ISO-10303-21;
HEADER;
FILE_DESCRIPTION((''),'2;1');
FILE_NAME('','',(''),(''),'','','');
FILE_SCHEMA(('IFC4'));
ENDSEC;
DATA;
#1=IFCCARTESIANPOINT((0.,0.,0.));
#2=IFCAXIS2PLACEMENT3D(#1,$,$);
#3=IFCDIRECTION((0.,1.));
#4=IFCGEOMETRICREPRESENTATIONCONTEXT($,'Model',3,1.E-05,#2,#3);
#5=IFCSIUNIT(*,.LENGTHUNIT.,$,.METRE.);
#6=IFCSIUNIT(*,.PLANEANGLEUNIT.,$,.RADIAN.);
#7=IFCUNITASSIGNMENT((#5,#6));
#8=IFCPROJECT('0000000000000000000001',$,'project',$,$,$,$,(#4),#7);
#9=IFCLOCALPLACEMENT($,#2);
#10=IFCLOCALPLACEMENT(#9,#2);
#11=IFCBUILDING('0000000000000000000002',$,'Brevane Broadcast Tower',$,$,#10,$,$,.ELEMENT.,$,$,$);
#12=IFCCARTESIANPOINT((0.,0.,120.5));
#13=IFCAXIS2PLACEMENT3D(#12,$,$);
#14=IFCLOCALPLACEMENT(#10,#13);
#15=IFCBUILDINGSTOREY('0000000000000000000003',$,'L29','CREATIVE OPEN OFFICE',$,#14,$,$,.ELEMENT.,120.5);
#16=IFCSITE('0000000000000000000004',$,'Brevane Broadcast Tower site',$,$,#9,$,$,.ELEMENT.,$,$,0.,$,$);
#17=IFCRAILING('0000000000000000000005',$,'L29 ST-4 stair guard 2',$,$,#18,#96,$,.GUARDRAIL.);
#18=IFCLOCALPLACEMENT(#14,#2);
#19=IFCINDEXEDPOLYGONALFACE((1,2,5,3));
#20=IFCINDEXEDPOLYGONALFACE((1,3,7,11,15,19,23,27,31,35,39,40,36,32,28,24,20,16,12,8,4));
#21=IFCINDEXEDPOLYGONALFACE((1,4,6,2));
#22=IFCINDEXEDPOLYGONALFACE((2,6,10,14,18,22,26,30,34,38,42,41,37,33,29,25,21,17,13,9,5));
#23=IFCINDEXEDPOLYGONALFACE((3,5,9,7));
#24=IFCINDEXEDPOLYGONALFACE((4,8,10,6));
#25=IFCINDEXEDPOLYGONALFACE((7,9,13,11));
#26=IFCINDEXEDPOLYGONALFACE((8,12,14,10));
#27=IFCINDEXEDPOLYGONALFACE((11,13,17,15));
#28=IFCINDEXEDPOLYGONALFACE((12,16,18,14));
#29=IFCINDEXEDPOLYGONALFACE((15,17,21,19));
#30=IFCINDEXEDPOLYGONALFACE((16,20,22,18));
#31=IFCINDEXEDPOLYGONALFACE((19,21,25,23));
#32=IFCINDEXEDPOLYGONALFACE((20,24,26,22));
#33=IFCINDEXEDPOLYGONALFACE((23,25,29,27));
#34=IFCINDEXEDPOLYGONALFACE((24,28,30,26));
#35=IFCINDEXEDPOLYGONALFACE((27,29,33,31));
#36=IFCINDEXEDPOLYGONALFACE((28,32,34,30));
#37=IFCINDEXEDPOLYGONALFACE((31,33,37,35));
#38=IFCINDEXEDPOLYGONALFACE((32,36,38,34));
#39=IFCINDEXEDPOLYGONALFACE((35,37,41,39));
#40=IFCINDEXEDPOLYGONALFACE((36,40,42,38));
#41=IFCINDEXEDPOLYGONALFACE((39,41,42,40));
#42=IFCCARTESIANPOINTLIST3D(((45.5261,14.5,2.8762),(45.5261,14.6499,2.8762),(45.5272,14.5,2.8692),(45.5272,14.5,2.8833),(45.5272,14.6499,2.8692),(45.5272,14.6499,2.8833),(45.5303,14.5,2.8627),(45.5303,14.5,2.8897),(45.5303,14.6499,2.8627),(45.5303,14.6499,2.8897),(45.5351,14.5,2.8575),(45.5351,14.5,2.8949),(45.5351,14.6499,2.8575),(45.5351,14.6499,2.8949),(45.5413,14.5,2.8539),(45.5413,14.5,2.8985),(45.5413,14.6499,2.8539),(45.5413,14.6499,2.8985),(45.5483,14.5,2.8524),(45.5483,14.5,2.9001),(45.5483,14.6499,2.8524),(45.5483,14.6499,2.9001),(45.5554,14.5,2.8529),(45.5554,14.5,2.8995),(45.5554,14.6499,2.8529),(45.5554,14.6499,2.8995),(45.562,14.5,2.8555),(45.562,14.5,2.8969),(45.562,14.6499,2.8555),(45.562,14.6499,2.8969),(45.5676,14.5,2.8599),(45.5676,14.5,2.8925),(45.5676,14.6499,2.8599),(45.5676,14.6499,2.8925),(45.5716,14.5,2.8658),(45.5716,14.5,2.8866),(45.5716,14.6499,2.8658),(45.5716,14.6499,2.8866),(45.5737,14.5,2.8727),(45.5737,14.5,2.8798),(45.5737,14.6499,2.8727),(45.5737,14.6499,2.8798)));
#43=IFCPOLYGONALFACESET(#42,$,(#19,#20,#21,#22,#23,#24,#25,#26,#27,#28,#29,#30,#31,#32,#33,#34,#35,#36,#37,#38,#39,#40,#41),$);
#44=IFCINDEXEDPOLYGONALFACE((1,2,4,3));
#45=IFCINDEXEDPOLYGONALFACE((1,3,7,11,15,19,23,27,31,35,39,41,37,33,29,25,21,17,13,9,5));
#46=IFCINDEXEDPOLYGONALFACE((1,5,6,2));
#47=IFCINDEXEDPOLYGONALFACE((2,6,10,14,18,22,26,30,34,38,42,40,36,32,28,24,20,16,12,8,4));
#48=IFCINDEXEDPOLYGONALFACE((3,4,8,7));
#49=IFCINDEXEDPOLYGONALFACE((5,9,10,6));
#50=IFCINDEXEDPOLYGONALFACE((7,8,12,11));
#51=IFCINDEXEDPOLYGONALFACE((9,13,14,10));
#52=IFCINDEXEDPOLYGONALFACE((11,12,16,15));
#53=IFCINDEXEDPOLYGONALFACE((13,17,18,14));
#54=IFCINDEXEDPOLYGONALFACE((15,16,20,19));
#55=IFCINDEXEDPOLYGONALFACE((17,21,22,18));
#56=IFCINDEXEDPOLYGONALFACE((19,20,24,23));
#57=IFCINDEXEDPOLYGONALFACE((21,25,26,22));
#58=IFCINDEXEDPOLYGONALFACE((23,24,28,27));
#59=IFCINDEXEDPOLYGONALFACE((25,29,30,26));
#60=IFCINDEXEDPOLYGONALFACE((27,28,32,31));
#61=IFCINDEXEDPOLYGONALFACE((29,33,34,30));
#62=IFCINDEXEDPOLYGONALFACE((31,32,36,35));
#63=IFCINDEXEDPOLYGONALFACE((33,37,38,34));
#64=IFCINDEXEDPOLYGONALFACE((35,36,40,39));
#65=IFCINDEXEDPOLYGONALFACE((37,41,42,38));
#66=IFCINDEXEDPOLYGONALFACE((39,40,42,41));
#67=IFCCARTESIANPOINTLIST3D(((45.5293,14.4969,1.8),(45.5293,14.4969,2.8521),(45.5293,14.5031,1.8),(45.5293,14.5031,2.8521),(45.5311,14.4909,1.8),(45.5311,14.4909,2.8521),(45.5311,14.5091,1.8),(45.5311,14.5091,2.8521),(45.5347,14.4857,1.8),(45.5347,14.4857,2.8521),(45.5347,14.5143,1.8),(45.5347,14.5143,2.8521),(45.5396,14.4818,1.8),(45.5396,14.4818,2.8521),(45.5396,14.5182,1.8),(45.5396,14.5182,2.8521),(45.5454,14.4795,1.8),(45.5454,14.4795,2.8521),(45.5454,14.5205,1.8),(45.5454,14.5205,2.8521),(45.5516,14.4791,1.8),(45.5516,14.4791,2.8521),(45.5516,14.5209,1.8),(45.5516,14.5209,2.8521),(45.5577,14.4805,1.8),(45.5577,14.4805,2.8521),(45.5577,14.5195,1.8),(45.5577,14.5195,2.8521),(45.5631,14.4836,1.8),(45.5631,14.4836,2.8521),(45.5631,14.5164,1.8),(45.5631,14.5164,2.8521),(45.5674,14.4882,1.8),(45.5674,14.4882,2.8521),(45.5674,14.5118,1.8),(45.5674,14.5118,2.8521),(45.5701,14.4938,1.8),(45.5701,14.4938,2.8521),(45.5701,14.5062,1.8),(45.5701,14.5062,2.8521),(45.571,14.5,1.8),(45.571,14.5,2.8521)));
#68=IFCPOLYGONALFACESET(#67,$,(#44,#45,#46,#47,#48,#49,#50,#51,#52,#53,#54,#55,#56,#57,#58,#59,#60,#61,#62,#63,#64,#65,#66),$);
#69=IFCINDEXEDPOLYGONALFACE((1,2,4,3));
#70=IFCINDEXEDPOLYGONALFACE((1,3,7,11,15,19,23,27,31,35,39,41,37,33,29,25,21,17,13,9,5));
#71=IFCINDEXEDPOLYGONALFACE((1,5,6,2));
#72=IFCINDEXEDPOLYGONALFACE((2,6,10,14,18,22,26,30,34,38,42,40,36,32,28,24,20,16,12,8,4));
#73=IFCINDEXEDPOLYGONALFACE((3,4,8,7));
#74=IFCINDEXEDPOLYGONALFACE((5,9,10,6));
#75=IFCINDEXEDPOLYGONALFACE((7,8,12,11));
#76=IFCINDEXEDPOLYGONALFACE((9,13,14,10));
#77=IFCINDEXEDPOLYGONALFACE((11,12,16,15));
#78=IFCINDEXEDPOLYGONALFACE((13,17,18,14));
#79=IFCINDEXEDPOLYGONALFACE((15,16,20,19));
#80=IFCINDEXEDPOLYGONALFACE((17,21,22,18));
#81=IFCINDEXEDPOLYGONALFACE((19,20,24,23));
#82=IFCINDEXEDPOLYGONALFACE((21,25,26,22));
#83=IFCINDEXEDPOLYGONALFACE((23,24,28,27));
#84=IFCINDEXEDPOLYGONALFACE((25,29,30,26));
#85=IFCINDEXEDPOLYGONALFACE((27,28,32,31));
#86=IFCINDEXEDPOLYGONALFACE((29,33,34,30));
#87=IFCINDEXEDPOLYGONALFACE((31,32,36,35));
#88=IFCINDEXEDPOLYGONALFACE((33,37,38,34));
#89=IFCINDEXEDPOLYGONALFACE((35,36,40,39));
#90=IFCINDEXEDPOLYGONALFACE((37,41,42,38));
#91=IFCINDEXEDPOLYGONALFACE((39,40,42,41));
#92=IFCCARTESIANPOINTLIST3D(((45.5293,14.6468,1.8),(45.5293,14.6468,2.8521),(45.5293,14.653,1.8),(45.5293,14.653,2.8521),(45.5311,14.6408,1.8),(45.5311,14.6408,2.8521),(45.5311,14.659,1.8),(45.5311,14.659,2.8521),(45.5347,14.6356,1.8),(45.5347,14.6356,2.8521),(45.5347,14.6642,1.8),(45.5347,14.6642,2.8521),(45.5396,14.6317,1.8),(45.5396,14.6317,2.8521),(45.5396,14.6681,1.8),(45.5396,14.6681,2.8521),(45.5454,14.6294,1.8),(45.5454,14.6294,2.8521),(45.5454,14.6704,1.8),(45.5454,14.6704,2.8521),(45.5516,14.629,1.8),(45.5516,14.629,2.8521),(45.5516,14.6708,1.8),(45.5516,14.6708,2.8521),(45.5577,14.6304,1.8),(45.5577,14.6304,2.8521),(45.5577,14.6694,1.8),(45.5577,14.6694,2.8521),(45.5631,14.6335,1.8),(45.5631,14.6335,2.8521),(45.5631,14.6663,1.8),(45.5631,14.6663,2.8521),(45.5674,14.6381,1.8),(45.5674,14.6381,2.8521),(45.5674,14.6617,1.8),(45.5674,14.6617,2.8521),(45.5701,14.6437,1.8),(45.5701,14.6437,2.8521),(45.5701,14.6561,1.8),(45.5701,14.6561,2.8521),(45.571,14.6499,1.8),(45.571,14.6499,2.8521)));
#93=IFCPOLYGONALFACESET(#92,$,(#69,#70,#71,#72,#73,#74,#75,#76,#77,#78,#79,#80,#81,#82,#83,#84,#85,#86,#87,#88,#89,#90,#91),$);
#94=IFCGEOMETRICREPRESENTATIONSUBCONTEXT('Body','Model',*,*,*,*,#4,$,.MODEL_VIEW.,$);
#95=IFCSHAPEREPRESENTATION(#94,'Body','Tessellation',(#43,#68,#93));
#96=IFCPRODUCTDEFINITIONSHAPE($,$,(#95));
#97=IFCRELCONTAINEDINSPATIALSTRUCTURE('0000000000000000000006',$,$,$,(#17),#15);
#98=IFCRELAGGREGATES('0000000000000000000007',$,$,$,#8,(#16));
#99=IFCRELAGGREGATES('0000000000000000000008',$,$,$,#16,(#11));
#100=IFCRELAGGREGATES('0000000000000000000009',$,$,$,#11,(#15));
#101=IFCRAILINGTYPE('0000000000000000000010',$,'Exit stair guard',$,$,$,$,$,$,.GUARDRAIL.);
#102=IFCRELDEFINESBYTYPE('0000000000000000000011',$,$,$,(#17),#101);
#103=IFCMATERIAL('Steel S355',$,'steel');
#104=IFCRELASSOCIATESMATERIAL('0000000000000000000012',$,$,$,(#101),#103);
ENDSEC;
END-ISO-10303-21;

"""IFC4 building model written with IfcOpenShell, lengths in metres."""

from ifc_helpers import new_model, si_unit, direction, frame, origin, origin_2d, place, context, subcontext, project, spatial, circle, extrude, material, type_object, element, save


model = new_model("IFC4")

# Units and contexts
model_context = context("Model", 3, precision=1e-05, world=origin(), true_north=direction((0.0, 1.0)))
body_context = subcontext(model_context, "Body", "Model", "MODEL_VIEW")
ifc_project = project(units=[si_unit("LENGTHUNIT", "METRE"), si_unit("PLANEANGLEUNIT", "RADIAN")], contexts=[model_context])

# Site, building, storey
site_placement = place(None, origin())
site = spatial("IfcSite", under=ifc_project, at=site_placement, Name="Brevane Broadcast Tower site", CompositionType="ELEMENT", RefElevation=0.0)
building_placement = place(site_placement, origin())
building = spatial("IfcBuilding", under=site, at=building_placement, Name="Brevane Broadcast Tower", CompositionType="ELEMENT")
storey_placement = place(building_placement, frame((0.0, 0.0, 120.5)))
storey = spatial("IfcBuildingStorey", under=building, at=storey_placement, Name="L29", Description="CREATIVE OPEN OFFICE", CompositionType="ELEMENT", Elevation=120.5)

# Railing
ifc_material_1 = material(Name="Steel S355", Category="steel")
railing_type_1 = type_object("IfcRailingType", Name="Exit stair guard", PredefinedType="GUARDRAIL", material=ifc_material_1)
railing_1_placement = place(storey_placement, frame((45.55, 14.5, 1.8)))
element("IfcRailing", 1, at=railing_1_placement, inside=storey, type_object=railing_type_1, Name="L29 ST-4 stair guard 2", PredefinedType="GUARDRAIL", context=body_context, shape_type="SweptSolid", body=[
    extrude(circle(Radius=0.0239, at=origin_2d()), frame((0.0, 0.0, 1.0762), z_axis=(0.0, 1.0, 0.0), x_axis=(-1.0, 0.0, 0.0)), (0.0, 0.0, 1.0), 0.1499),
    extrude(circle(Radius=0.021, at=origin_2d()), origin(), (0.0, 0.0, 1.0), 1.052),
    extrude(circle(Radius=0.021, at=origin_2d()), frame((0.0, 0.1499, 0.0)), (0.0, 0.0, 1.0), 1.052),
])

save(model, "model.ifc")
